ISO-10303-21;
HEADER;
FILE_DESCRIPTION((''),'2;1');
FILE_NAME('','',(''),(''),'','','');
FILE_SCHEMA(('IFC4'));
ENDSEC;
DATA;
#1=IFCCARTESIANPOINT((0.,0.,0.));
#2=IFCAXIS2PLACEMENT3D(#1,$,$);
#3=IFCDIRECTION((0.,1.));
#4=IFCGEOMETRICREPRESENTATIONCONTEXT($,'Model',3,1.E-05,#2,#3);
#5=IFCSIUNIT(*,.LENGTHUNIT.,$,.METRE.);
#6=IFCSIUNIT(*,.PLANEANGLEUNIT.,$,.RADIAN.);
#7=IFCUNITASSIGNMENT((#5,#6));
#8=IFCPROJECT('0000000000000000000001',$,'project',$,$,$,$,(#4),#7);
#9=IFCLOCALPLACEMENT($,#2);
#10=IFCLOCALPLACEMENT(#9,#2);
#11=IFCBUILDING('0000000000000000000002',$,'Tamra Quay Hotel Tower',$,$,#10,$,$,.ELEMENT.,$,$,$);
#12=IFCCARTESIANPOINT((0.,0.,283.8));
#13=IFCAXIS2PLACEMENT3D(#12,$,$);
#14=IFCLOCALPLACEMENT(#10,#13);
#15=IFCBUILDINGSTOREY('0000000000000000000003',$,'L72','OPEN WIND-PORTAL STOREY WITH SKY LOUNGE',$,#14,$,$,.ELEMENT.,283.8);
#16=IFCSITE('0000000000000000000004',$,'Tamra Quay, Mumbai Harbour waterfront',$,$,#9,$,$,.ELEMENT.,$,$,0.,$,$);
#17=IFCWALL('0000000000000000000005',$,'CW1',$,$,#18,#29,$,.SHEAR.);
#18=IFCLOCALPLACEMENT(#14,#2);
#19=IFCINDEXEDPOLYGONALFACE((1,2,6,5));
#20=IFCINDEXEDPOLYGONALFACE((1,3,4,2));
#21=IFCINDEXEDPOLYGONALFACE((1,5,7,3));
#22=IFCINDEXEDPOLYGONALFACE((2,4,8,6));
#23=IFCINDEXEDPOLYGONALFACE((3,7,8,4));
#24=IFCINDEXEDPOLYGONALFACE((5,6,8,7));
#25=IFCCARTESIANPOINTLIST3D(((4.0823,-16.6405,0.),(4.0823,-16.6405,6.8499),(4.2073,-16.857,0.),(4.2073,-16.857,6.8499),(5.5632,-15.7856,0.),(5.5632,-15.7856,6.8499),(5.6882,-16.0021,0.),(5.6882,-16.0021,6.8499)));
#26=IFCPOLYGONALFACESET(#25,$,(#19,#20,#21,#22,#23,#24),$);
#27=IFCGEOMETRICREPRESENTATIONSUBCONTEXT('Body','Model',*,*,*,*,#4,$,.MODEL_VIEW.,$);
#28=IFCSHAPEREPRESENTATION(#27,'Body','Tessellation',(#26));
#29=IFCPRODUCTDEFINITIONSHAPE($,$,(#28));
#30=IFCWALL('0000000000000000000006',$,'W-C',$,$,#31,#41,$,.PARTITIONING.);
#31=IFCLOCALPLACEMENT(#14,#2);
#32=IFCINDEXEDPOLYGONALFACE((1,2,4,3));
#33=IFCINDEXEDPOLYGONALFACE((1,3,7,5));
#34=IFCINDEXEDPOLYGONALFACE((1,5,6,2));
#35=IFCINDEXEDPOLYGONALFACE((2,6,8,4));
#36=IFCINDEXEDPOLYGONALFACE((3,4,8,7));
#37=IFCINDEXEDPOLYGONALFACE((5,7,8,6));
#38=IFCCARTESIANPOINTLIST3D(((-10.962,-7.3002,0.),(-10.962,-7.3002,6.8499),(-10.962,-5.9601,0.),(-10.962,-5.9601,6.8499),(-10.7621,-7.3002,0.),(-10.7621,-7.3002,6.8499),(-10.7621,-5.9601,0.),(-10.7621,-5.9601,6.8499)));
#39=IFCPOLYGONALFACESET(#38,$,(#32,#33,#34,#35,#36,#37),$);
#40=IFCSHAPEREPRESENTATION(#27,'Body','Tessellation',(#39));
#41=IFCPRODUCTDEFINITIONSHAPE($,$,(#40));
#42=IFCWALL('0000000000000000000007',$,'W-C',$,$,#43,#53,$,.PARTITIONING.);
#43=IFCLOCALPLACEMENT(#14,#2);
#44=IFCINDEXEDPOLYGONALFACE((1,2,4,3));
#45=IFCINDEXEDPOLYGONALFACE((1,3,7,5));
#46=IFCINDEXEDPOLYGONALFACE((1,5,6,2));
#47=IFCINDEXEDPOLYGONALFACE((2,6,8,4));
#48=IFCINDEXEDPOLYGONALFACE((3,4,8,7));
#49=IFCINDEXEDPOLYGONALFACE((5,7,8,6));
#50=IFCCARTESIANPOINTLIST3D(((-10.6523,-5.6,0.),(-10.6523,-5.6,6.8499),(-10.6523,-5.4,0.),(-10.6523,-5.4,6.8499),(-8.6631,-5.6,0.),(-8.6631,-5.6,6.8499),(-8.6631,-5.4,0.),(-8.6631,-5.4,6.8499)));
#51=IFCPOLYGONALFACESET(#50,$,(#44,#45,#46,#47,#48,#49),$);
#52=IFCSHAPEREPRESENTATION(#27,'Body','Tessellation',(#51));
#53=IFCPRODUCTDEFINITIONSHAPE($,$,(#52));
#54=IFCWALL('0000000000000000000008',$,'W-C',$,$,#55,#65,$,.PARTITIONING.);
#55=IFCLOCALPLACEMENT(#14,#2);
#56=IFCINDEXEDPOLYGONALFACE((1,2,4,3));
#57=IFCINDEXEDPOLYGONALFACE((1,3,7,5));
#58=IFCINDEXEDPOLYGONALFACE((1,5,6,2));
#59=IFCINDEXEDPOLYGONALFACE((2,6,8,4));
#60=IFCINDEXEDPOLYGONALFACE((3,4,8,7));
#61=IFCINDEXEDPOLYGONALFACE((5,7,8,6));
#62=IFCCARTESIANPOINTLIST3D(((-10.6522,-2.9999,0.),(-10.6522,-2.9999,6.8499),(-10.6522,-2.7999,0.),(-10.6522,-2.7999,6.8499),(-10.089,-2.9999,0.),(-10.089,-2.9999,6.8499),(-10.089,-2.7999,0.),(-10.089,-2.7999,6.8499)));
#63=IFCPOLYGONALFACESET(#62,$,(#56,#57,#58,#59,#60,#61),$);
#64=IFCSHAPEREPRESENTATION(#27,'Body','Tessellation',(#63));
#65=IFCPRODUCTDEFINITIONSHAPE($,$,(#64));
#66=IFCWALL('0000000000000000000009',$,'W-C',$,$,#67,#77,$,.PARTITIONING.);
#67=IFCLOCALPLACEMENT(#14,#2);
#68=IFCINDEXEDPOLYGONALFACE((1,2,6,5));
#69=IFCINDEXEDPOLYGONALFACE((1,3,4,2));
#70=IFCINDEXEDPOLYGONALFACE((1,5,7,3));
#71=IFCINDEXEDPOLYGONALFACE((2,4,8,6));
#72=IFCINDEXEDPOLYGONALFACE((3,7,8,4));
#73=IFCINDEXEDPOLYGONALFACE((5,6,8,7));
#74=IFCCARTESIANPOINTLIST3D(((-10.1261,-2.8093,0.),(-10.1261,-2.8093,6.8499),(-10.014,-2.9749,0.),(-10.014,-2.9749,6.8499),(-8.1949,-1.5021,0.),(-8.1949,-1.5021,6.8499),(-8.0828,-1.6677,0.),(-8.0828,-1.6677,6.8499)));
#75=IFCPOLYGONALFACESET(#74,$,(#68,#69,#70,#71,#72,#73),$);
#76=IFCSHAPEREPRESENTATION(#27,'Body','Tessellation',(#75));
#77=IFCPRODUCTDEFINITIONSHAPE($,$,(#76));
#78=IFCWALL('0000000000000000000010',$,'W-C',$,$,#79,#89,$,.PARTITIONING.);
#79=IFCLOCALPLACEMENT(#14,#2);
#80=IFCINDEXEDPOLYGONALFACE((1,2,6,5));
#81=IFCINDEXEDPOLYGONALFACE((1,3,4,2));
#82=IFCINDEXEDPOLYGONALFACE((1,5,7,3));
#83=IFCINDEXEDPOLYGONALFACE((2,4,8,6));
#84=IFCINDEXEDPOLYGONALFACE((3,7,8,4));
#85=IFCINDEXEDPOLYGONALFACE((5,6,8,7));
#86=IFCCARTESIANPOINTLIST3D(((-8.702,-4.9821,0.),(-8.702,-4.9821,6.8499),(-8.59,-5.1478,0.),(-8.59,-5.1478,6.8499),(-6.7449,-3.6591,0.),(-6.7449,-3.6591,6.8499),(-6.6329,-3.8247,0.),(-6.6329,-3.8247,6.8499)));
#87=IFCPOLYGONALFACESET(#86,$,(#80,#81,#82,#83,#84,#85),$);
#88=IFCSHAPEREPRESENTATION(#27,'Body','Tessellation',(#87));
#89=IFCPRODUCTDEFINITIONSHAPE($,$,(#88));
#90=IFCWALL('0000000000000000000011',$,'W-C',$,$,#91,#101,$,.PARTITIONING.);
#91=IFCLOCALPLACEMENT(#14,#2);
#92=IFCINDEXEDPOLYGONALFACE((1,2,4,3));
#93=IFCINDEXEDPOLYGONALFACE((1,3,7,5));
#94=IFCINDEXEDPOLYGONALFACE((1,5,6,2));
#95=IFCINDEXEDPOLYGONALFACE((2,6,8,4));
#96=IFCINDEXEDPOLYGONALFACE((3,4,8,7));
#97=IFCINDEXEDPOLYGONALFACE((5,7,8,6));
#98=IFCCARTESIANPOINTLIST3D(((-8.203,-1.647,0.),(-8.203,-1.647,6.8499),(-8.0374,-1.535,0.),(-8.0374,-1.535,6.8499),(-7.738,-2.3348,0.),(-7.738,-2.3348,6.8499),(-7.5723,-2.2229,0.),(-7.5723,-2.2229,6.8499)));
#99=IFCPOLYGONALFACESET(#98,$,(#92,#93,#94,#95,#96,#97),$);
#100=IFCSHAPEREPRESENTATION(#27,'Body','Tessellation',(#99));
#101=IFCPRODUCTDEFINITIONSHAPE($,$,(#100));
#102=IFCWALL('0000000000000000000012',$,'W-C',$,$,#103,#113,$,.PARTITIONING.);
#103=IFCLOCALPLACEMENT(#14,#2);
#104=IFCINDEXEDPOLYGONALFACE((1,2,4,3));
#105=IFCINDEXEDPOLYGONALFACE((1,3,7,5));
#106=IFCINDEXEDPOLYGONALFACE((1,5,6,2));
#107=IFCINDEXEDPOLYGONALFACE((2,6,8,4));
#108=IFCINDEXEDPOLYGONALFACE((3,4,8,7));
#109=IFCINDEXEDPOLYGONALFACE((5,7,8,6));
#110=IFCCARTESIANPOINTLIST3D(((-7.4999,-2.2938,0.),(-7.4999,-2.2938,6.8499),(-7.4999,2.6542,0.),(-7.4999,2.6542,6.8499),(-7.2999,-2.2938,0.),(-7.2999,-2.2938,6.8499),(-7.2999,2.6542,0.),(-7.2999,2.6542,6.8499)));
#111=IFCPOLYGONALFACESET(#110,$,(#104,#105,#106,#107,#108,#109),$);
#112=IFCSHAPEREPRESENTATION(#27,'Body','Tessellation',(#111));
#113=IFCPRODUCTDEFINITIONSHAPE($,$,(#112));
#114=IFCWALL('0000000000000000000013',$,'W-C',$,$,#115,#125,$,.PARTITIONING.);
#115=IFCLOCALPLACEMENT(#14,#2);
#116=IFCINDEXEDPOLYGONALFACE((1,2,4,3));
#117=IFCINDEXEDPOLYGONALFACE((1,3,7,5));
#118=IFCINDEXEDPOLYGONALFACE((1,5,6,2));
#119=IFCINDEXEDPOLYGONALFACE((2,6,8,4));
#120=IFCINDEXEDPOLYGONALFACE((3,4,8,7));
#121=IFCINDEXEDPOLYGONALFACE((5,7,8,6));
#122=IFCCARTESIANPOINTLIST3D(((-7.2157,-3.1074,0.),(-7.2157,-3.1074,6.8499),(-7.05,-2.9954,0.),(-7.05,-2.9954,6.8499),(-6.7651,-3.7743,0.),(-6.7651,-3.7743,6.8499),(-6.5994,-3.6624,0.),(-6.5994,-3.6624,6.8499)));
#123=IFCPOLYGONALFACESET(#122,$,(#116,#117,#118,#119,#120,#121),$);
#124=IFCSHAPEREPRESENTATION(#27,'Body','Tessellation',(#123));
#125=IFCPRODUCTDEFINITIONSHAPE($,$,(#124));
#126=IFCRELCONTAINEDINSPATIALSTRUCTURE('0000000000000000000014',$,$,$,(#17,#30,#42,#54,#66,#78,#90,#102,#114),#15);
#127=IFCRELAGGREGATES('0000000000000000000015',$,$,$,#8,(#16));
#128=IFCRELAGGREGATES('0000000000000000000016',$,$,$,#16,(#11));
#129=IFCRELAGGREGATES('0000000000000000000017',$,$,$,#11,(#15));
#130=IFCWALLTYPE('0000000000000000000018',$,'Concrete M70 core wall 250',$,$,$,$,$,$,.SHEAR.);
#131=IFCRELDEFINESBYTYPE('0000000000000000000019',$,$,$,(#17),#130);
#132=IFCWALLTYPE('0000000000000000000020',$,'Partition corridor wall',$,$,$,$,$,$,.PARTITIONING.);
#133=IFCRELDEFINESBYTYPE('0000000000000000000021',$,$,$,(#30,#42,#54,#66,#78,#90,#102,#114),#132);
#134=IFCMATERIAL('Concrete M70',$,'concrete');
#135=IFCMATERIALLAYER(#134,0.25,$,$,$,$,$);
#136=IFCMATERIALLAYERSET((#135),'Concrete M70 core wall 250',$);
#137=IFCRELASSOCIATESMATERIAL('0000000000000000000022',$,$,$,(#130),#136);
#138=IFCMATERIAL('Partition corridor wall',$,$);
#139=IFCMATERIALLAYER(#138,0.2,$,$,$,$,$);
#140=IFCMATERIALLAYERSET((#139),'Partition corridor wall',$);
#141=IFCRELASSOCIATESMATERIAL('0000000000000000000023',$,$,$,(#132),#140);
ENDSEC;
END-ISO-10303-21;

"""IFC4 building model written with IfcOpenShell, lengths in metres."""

from ifc_helpers import new_model, si_unit, direction, frame, frame_2d, origin, place, context, subcontext, project, spatial, rectangle, extrude, material, layer, layer_set, type_object, element, save


model = new_model("IFC4")

# Units and contexts
model_context = context("Model", 3, precision=1e-05, world=origin(), true_north=direction((0.0, 1.0)))
body_context = subcontext(model_context, "Body", "Model", "MODEL_VIEW")
ifc_project = project(units=[si_unit("LENGTHUNIT", "METRE"), si_unit("PLANEANGLEUNIT", "RADIAN")], contexts=[model_context])

# Site, building, storey
site_placement = place(None, origin())
site = spatial("IfcSite", under=ifc_project, at=site_placement, Name="Tamra Quay, Mumbai Harbour waterfront", CompositionType="ELEMENT", RefElevation=0.0)
building_placement = place(site_placement, origin())
building = spatial("IfcBuilding", under=site, at=building_placement, Name="Tamra Quay Hotel Tower", CompositionType="ELEMENT")
storey_placement = place(building_placement, frame((0.0, 0.0, 283.8)))
storey = spatial("IfcBuildingStorey", under=building, at=storey_placement, Name="L72", Description="OPEN WIND-PORTAL STOREY WITH SKY LOUNGE", CompositionType="ELEMENT", Elevation=283.8)

# Shared definitions
ifc_material_1 = material(Name="Concrete M70", Category="concrete")

# Shared definitions
ifc_layer_1 = layer(ifc_material_1, 0.25)
ifc_layer_set_1 = layer_set([ifc_layer_1], Name="Concrete M70 core wall 250")
wall_type_1 = type_object("IfcWallType", Name="Concrete M70 core wall 250", PredefinedType="SHEAR", material=ifc_layer_set_1)

# Walls
wall_1_placement = place(storey_placement, frame((4.1448, -16.7488, 0.0), z_axis=(0.0, 0.0, 1.0), x_axis=(0.866038, 0.499978, 0.0)))
element("IfcWall", 1, at=wall_1_placement, inside=storey, type_object=wall_type_1, Name="CW1", PredefinedType="SHEAR", context=body_context, shape_type="SweptSolid", body=[
    extrude(rectangle(XDim=1.71, YDim=0.25, at=frame_2d((0.855, 0.0))), origin(), (0.0, 0.0, 1.0), 6.8499),
])
ifc_material_2 = material(Name="Partition corridor wall")
ifc_layer_2 = layer(ifc_material_2, 0.2)
ifc_layer_set_2 = layer_set([ifc_layer_2], Name="Partition corridor wall")
wall_type_2 = type_object("IfcWallType", Name="Partition corridor wall", PredefinedType="PARTITIONING", material=ifc_layer_set_2)
wall_2_placement = place(storey_placement, frame((-10.8621, -7.3, 0.0), z_axis=(0.0, 0.0, 1.0), x_axis=(0.0, 1.0, 0.0)))
element("IfcWall", 2, at=wall_2_placement, inside=storey, type_object=wall_type_2, Name="W-C", PredefinedType="PARTITIONING", context=body_context, shape_type="SweptSolid", body=[
    extrude(rectangle(XDim=1.3401, YDim=0.2, at=frame_2d((0.6699, 0.0))), origin(), (0.0, 0.0, 1.0), 6.8499),
])
wall_3_placement = place(storey_placement, frame((-10.6523, -5.5, 0.0), z_axis=(0.0, 0.0, 1.0), x_axis=(1.0, 0.0, 0.0)))
element("IfcWall", 3, at=wall_3_placement, inside=storey, type_object=wall_type_2, Name="W-C", PredefinedType="PARTITIONING", context=body_context, shape_type="SweptSolid", body=[
    extrude(rectangle(XDim=1.9893, YDim=0.2, at=frame_2d((0.9946, 0.0))), origin(), (0.0, 0.0, 1.0), 6.8499),
])
wall_4_placement = place(storey_placement, frame((-10.6523, -2.8999, 0.0), z_axis=(0.0, 0.0, 1.0), x_axis=(1.0, 0.0, 0.0)))
element("IfcWall", 4, at=wall_4_placement, inside=storey, type_object=wall_type_2, Name="W-C", PredefinedType="PARTITIONING", context=body_context, shape_type="SweptSolid", body=[
    extrude(rectangle(XDim=0.5632, YDim=0.2, at=frame_2d((0.2817, 0.0))), origin(), (0.0, 0.0, 1.0), 6.8499),
])
wall_5_placement = place(storey_placement, frame((-10.0701, -2.8921, 0.0), z_axis=(0.0, 0.0, 1.0), x_axis=(0.828132, 0.560533, 0.0)))
element("IfcWall", 5, at=wall_5_placement, inside=storey, type_object=wall_type_2, Name="W-C", PredefinedType="PARTITIONING", context=body_context, shape_type="SweptSolid", body=[
    extrude(rectangle(XDim=2.332, YDim=0.2, at=frame_2d((1.166, 0.0))), origin(), (0.0, 0.0, 1.0), 6.8499),
])
wall_6_placement = place(storey_placement, frame((-8.646, -5.0649, 0.0), z_axis=(0.0, 0.0, 1.0), x_axis=(0.828455, 0.560055, 0.0)))
element("IfcWall", 6, at=wall_6_placement, inside=storey, type_object=wall_type_2, Name="W-C", PredefinedType="PARTITIONING", context=body_context, shape_type="SweptSolid", body=[
    extrude(rectangle(XDim=2.3623, YDim=0.2, at=frame_2d((1.1812, 0.0))), origin(), (0.0, 0.0, 1.0), 6.8499),
])
wall_7_placement = place(storey_placement, frame((-8.1201, -1.5911, 0.0), z_axis=(0.0, 0.0, 1.0), x_axis=(0.560048, -0.82846, 0.0)))
element("IfcWall", 7, at=wall_7_placement, inside=storey, type_object=wall_type_2, Name="W-C", PredefinedType="PARTITIONING", context=body_context, shape_type="SweptSolid", body=[
    extrude(rectangle(XDim=0.8303, YDim=0.2, at=frame_2d((0.415, 0.0))), origin(), (0.0, 0.0, 1.0), 6.8499),
])
wall_8_placement = place(storey_placement, frame((-7.3999, -2.2939, 0.0), z_axis=(0.0, 0.0, 1.0), x_axis=(0.0, 1.0, 0.0)))
element("IfcWall", 8, at=wall_8_placement, inside=storey, type_object=wall_type_2, Name="W-C", PredefinedType="PARTITIONING", context=body_context, shape_type="SweptSolid", body=[
    extrude(rectangle(XDim=4.948, YDim=0.2, at=frame_2d((2.4741, 0.0))), origin(), (0.0, 0.0, 1.0), 6.8499),
])
wall_9_placement = place(storey_placement, frame((-7.1328, -3.0515, 0.0), z_axis=(0.0, 0.0, 1.0), x_axis=(0.559869, -0.828581, 0.0)))
element("IfcWall", 9, at=wall_9_placement, inside=storey, type_object=wall_type_2, Name="W-C", PredefinedType="PARTITIONING", context=body_context, shape_type="SweptSolid", body=[
    extrude(rectangle(XDim=0.8049, YDim=0.2, at=frame_2d((0.4023, 0.0))), origin(), (0.0, 0.0, 1.0), 6.8499),
])

save(model, "model.ifc")
